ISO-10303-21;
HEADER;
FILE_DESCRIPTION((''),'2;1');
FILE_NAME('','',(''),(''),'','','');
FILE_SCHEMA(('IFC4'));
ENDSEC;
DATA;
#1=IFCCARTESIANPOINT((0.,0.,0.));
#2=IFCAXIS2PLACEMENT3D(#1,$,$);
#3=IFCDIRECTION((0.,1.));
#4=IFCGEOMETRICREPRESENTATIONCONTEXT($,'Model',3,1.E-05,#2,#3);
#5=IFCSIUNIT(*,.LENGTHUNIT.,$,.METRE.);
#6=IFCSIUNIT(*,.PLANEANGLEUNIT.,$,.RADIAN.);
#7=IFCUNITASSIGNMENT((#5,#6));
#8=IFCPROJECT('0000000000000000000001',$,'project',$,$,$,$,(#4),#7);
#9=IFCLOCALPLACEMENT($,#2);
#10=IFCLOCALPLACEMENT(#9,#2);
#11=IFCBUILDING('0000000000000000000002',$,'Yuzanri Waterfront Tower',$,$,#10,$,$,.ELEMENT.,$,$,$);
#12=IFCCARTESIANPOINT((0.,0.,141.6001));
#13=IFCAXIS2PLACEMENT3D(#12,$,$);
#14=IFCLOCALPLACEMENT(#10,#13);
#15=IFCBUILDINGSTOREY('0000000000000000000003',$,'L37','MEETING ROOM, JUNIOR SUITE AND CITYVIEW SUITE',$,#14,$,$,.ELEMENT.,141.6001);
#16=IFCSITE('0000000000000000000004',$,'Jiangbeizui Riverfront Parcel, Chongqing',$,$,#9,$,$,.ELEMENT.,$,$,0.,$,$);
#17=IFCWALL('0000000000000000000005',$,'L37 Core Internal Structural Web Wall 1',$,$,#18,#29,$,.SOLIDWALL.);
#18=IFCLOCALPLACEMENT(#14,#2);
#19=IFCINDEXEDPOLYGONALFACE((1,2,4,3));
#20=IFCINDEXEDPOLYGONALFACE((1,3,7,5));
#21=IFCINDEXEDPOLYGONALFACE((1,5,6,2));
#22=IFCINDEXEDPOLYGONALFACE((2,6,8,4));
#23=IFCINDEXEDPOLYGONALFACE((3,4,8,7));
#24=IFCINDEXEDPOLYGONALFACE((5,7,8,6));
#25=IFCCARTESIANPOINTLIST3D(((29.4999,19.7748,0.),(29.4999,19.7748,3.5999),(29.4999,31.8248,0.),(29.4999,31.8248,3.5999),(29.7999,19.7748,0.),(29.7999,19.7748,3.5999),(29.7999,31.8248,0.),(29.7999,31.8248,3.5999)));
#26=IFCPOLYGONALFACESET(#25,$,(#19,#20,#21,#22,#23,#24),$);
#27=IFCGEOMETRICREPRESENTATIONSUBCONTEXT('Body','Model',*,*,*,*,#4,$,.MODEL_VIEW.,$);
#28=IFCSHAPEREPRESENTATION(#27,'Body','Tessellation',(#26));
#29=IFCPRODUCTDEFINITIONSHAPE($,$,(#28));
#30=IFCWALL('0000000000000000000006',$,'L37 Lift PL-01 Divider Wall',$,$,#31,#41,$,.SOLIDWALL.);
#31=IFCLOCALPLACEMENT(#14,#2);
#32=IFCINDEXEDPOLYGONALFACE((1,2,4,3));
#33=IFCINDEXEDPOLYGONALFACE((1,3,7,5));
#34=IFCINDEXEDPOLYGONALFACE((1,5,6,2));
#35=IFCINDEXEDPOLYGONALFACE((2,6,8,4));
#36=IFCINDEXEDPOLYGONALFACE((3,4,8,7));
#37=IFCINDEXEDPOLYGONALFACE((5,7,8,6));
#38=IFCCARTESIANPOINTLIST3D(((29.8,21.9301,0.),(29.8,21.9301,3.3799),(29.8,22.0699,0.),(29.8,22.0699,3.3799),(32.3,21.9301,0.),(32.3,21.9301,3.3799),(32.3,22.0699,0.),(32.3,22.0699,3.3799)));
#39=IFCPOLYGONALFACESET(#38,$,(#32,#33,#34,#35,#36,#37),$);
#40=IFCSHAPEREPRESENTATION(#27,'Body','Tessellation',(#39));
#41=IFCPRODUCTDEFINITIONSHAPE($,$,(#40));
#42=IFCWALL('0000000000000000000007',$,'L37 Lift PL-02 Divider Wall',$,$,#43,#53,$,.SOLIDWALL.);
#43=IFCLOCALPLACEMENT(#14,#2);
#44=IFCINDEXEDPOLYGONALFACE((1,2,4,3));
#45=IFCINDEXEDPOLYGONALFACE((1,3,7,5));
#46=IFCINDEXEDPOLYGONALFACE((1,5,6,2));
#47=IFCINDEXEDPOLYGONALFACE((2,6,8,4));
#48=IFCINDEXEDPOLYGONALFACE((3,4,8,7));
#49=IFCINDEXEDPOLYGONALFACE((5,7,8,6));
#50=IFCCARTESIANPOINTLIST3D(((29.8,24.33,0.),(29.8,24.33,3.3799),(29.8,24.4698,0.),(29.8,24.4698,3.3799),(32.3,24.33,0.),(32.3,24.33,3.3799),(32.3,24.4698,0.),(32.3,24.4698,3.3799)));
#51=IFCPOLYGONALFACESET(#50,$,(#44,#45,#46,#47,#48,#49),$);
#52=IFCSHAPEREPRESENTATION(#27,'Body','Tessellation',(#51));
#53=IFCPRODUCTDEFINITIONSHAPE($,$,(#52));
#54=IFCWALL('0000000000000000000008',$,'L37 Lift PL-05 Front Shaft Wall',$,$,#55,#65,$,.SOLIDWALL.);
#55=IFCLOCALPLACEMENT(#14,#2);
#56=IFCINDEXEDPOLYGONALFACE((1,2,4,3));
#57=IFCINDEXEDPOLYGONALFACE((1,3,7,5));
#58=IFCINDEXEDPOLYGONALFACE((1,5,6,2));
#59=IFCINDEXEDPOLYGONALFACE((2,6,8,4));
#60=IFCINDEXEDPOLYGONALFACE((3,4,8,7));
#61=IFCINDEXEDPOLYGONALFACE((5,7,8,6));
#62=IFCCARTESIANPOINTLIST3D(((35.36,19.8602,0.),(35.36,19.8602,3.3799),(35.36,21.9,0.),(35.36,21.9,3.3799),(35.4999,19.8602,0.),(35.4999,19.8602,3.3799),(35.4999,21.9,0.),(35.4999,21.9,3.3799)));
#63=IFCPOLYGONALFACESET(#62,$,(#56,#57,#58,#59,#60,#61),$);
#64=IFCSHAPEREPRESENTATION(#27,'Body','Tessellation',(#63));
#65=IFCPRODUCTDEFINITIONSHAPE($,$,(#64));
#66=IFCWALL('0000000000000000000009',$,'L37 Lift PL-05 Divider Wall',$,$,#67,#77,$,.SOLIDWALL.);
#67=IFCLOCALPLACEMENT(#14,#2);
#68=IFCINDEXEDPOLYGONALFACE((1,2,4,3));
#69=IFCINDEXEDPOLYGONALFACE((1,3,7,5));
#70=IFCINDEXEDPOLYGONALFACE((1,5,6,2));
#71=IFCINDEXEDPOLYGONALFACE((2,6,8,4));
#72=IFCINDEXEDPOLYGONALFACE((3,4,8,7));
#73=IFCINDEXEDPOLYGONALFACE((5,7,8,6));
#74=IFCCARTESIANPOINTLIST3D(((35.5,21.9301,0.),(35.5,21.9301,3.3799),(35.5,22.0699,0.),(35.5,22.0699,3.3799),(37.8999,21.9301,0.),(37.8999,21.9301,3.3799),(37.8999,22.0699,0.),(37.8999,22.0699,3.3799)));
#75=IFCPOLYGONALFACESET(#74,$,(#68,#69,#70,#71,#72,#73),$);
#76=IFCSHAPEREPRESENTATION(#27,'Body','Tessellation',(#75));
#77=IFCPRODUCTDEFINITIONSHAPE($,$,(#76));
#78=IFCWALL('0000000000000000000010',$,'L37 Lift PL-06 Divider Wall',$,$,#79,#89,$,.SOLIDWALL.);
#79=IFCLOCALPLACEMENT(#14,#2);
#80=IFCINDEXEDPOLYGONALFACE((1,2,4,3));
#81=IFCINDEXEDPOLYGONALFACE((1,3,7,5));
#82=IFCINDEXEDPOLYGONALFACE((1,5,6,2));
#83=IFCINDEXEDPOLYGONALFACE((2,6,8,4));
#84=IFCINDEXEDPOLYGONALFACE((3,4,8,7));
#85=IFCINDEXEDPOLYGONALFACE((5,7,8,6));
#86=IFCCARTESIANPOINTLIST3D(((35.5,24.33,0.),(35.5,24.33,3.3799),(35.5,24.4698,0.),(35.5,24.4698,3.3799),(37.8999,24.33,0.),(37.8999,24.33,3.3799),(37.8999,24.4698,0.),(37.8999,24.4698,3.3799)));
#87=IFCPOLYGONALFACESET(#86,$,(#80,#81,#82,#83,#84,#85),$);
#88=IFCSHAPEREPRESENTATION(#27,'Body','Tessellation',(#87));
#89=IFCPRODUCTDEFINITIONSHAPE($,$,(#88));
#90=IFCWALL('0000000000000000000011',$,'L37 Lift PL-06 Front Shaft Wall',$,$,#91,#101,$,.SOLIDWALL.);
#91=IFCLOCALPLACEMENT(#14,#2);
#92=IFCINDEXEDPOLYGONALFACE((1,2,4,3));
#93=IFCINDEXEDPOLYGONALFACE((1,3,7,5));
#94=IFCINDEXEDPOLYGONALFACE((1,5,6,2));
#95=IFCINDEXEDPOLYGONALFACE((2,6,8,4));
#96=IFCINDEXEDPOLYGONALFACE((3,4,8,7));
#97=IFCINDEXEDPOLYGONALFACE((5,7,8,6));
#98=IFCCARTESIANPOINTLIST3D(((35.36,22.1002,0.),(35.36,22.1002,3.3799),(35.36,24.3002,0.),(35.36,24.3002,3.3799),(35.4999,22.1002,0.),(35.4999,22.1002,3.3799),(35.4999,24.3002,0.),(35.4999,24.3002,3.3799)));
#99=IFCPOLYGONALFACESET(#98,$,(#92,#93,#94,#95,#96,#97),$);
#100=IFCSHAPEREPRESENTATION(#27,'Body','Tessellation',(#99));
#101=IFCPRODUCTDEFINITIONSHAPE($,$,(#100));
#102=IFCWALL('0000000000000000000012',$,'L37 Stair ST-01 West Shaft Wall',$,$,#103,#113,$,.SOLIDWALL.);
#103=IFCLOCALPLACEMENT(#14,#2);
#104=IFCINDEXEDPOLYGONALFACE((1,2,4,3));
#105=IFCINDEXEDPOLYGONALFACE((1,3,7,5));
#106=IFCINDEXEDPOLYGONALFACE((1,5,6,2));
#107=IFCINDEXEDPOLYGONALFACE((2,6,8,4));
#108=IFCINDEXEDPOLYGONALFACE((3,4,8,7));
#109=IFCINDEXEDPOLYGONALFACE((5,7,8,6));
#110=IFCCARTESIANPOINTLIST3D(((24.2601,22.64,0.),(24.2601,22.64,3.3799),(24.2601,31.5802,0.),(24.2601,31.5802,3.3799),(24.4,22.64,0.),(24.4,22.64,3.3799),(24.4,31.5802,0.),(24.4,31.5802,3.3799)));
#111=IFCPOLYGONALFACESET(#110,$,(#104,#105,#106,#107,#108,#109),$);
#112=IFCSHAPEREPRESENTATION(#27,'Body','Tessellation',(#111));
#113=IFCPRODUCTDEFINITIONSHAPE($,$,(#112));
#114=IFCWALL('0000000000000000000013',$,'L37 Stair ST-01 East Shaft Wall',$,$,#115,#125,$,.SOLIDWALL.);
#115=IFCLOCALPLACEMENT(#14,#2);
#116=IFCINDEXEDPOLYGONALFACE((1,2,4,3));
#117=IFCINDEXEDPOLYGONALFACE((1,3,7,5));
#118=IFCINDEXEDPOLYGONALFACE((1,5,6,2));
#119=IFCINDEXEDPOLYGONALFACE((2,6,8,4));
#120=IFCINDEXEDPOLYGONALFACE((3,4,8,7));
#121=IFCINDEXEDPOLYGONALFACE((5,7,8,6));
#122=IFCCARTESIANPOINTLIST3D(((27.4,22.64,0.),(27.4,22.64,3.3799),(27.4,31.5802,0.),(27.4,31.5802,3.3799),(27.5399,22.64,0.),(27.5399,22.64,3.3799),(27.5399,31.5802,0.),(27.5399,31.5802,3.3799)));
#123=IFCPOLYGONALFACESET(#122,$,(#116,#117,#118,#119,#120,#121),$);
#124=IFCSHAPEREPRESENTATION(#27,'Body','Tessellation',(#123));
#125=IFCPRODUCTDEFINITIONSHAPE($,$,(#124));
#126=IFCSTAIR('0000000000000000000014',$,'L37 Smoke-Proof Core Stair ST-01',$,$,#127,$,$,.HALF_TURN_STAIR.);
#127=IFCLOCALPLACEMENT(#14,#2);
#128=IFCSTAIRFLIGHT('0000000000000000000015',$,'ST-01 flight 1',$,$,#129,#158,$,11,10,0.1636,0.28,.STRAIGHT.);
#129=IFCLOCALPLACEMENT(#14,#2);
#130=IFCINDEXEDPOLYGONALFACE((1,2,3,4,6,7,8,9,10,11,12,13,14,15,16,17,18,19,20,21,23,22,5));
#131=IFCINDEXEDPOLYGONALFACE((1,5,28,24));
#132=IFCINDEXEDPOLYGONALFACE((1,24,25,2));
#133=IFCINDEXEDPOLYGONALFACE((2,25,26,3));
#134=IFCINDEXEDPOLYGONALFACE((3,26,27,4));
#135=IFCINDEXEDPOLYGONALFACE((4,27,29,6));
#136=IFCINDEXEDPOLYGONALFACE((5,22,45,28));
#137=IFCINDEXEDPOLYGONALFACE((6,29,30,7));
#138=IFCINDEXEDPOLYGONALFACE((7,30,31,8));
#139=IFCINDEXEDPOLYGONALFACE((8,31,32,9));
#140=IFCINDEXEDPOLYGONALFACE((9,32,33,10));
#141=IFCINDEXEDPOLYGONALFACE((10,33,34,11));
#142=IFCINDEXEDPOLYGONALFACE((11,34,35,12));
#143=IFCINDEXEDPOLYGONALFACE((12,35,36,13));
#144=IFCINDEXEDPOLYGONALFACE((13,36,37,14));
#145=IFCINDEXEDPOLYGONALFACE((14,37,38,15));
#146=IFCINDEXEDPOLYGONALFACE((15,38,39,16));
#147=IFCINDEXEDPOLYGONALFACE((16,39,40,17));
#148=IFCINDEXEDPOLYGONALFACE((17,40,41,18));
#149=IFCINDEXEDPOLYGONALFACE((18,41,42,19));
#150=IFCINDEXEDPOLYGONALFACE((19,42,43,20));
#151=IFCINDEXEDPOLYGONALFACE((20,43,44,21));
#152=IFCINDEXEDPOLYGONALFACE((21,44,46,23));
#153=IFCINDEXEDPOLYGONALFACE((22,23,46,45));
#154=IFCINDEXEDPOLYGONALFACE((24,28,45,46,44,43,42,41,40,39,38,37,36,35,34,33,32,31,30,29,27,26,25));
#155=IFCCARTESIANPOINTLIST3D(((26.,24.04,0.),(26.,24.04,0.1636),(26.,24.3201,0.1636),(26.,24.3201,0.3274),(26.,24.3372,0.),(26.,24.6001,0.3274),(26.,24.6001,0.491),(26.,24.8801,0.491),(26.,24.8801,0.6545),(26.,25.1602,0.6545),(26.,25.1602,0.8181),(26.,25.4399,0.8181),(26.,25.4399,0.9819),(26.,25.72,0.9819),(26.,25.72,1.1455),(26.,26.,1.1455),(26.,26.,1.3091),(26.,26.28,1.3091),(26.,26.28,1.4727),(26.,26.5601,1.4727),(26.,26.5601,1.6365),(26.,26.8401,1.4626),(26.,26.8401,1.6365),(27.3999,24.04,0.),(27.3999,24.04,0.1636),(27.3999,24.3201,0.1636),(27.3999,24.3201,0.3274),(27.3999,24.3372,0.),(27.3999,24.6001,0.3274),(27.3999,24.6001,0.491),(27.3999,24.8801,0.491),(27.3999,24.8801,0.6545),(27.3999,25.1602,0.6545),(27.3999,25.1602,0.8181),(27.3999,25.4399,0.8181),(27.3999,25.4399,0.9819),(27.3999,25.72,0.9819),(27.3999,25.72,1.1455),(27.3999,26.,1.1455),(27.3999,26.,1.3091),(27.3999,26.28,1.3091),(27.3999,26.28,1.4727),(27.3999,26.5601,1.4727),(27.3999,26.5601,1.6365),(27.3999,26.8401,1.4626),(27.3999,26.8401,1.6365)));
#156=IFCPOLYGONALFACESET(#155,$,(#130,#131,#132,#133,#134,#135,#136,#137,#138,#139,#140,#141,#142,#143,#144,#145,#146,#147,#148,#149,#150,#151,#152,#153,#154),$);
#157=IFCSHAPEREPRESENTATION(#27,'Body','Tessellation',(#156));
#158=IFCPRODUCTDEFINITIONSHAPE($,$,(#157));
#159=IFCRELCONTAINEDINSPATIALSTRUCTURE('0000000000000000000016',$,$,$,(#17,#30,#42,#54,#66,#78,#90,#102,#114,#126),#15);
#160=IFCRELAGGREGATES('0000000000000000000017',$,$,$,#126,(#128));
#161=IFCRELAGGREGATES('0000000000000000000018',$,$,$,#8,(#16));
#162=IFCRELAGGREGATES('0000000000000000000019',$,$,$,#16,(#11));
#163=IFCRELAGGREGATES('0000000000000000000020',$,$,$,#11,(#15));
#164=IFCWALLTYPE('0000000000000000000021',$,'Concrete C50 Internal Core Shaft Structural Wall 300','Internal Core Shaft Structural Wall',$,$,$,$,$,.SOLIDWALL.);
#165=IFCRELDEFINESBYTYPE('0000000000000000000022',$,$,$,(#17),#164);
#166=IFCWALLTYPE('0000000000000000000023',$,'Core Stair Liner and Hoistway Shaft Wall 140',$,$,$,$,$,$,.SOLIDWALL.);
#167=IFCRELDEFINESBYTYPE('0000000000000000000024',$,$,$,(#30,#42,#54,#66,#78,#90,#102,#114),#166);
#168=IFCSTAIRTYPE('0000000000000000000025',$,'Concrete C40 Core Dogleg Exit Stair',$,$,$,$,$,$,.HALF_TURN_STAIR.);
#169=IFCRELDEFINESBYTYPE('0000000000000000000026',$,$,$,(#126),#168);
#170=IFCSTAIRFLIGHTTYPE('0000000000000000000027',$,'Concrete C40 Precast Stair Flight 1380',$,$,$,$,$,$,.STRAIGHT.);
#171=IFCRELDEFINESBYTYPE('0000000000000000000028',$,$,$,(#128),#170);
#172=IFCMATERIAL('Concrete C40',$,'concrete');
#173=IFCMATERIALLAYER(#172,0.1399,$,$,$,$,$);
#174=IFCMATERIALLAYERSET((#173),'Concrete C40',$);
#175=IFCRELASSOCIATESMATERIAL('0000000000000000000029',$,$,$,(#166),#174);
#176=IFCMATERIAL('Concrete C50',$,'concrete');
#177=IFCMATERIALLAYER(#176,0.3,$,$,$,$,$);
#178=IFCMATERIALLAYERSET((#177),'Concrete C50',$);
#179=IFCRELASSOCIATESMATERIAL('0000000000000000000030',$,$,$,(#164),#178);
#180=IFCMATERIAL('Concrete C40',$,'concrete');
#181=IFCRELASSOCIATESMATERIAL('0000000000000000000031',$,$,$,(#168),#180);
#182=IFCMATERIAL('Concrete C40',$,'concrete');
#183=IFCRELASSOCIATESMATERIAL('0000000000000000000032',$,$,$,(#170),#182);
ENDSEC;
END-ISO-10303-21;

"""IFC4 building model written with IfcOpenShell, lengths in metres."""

from ifc_helpers import new_model, si_unit, direction, frame, frame_2d, origin, place, context, subcontext, project, spatial, polyline, rectangle, outline, extrude, source, transform, mapped, material, layer, layer_set, type_object, element, aggregate, save


model = new_model("IFC4")

# Units and contexts
model_context = context("Model", 3, precision=1e-05, world=origin(), true_north=direction((0.0, 1.0)))
body_context = subcontext(model_context, "Body", "Model", "MODEL_VIEW")
ifc_project = project(units=[si_unit("LENGTHUNIT", "METRE"), si_unit("PLANEANGLEUNIT", "RADIAN")], contexts=[model_context])

# Site, building, storey
site_placement = place(None, origin())
site = spatial("IfcSite", under=ifc_project, at=site_placement, Name="Jiangbeizui Riverfront Parcel, Chongqing", CompositionType="ELEMENT", RefElevation=0.0)
building_placement = place(site_placement, origin())
building = spatial("IfcBuilding", under=site, at=building_placement, Name="Yuzanri Waterfront Tower", CompositionType="ELEMENT")
storey_placement = place(building_placement, frame((0.0, 0.0, 141.6001)))
storey = spatial("IfcBuildingStorey", under=building, at=storey_placement, Name="L37", Description="MEETING ROOM, JUNIOR SUITE AND CITYVIEW SUITE", CompositionType="ELEMENT", Elevation=141.6001)

# Shared definitions
ifc_material_1 = material(Name="Concrete C40", Category="concrete")
ifc_layer_1 = layer(ifc_material_1, 0.1399)
ifc_layer_set_1 = layer_set([ifc_layer_1], Name="Concrete C40")
wall_type_1 = type_object("IfcWallType", Name="Core Stair Liner and Hoistway Shaft Wall 140", PredefinedType="SOLIDWALL", material=ifc_layer_set_1)

# Walls
ifc_material_2 = material(Name="Concrete C50", Category="concrete")
ifc_layer_2 = layer(ifc_material_2, 0.3)
ifc_layer_set_2 = layer_set([ifc_layer_2], Name="Concrete C50")
wall_type_2 = type_object("IfcWallType", Name="Concrete C50 Internal Core Shaft Structural Wall 300", Description="Internal Core Shaft Structural Wall", PredefinedType="SOLIDWALL", material=ifc_layer_set_2)
shared_shape_1 = source(origin(), body_context, "Body", "SweptSolid", [
    extrude(rectangle(XDim=12.05, YDim=0.3, at=frame_2d((6.0249, 0.0))), origin(), (0.0, 0.0, 1.0), 3.5999),
])
wall_1_placement = place(storey_placement, frame((29.6499, 19.7749, 0.0), z_axis=(0.0, 0.0, 1.0), x_axis=(0.0, 1.0, 0.0)))
element("IfcWall", 1, at=wall_1_placement, inside=storey, type_object=wall_type_2, Name="L37 Core Internal Structural Web Wall 1", PredefinedType="SOLIDWALL", context=body_context, shape_type="MappedRepresentation", body=[
    mapped(shared_shape_1, transform((0.0, 0.0, 0.0), scale=1.0)),
])
shared_shape_2 = source(origin(), body_context, "Body", "SweptSolid", [
    extrude(rectangle(XDim=2.5, YDim=0.1399, at=frame_2d((1.25, 0.0))), origin(), (0.0, 0.0, 1.0), 3.3799),
])
for number, where, z_axis, x_axis, name in (
    (2, (29.8, 22.0, 0.0), (0.0, 0.0, 1.0), (1.0, 0.0, 0.0), "L37 Lift PL-01 Divider Wall"),
    (3, (29.8, 24.3999, 0.0), (0.0, 0.0, 1.0), (1.0, 0.0, 0.0), "L37 Lift PL-02 Divider Wall"),
):
    element("IfcWall", number, at=place(storey_placement, frame(where, z_axis=z_axis, x_axis=x_axis)), inside=storey, type_object=wall_type_1, Name=name, PredefinedType="SOLIDWALL", context=body_context, shape_type="MappedRepresentation", body=[
        mapped(shared_shape_2, transform((0.0, 0.0, 0.0), scale=1.0)),
    ])
shared_shape_3 = source(origin(), body_context, "Body", "SweptSolid", [
    extrude(rectangle(XDim=2.0398, YDim=0.1399, at=frame_2d((1.02, 0.0))), origin(), (0.0, 0.0, 1.0), 3.3799),
])
wall_2_placement = place(storey_placement, frame((35.4299, 19.8601, 0.0), z_axis=(0.0, 0.0, 1.0), x_axis=(0.0, 1.0, 0.0)))
element("IfcWall", 4, at=wall_2_placement, inside=storey, type_object=wall_type_1, Name="L37 Lift PL-05 Front Shaft Wall", PredefinedType="SOLIDWALL", context=body_context, shape_type="MappedRepresentation", body=[
    mapped(shared_shape_3, transform((0.0, 0.0, 0.0), scale=1.0)),
])
shared_shape_4 = source(origin(), body_context, "Body", "SweptSolid", [
    extrude(rectangle(XDim=2.3999, YDim=0.1399, at=frame_2d((1.2, 0.0))), origin(), (0.0, 0.0, 1.0), 3.3799),
])
for number, where, z_axis, x_axis, name in (
    (5, (35.5, 22.0, 0.0), (0.0, 0.0, 1.0), (1.0, 0.0, 0.0), "L37 Lift PL-05 Divider Wall"),
    (6, (35.5, 24.3999, 0.0), (0.0, 0.0, 1.0), (1.0, 0.0, 0.0), "L37 Lift PL-06 Divider Wall"),
):
    element("IfcWall", number, at=place(storey_placement, frame(where, z_axis=z_axis, x_axis=x_axis)), inside=storey, type_object=wall_type_1, Name=name, PredefinedType="SOLIDWALL", context=body_context, shape_type="MappedRepresentation", body=[
        mapped(shared_shape_4, transform((0.0, 0.0, 0.0), scale=1.0)),
    ])
shared_shape_5 = source(origin(), body_context, "Body", "SweptSolid", [
    extrude(rectangle(XDim=2.2, YDim=0.1399, at=frame_2d((1.1001, 0.0))), origin(), (0.0, 0.0, 1.0), 3.3799),
])
wall_3_placement = place(storey_placement, frame((35.4299, 22.1001, 0.0), z_axis=(0.0, 0.0, 1.0), x_axis=(0.0, 1.0, 0.0)))
element("IfcWall", 7, at=wall_3_placement, inside=storey, type_object=wall_type_1, Name="L37 Lift PL-06 Front Shaft Wall", PredefinedType="SOLIDWALL", context=body_context, shape_type="MappedRepresentation", body=[
    mapped(shared_shape_5, transform((0.0, 0.0, 0.0), scale=1.0)),
])
shared_shape_6 = source(origin(), body_context, "Body", "SweptSolid", [
    extrude(rectangle(XDim=8.9402, YDim=0.1399, at=frame_2d((4.4702, 0.0))), origin(), (0.0, 0.0, 1.0), 3.3799),
])
for number, where, z_axis, x_axis, name in (
    (8, (24.3301, 22.6399, 0.0), (0.0, 0.0, 1.0), (0.0, 1.0, 0.0), "L37 Stair ST-01 West Shaft Wall"),
    (9, (27.47, 22.6399, 0.0), (0.0, 0.0, 1.0), (0.0, 1.0, 0.0), "L37 Stair ST-01 East Shaft Wall"),
):
    element("IfcWall", number, at=place(storey_placement, frame(where, z_axis=z_axis, x_axis=x_axis)), inside=storey, type_object=wall_type_1, Name=name, PredefinedType="SOLIDWALL", context=body_context, shape_type="MappedRepresentation", body=[
        mapped(shared_shape_6, transform((0.0, 0.0, 0.0), scale=1.0)),
    ])

# Stair, stair flight
ifc_material_3 = material(Name="Concrete C40", Category="concrete")
stair_type = type_object("IfcStairType", Name="Concrete C40 Core Dogleg Exit Stair", PredefinedType="HALF_TURN_STAIR", material=ifc_material_3)
stair_placement = place(storey_placement, origin())
stair = element("IfcStair", 10, at=stair_placement, inside=storey, type_object=stair_type, Name="L37 Smoke-Proof Core Stair ST-01", PredefinedType="HALF_TURN_STAIR")
ifc_material_4 = material(Name="Concrete C40", Category="concrete")
stair_flight_type = type_object("IfcStairFlightType", Name="Concrete C40 Precast Stair Flight 1380", PredefinedType="STRAIGHT", material=ifc_material_4)
shared_shape_7 = source(origin(), body_context, "Body", "SweptSolid", [
    extrude(outline(polyline([(0.0, 0.0), (0.0, 0.1636), (0.28, 0.1636), (0.28, 0.3274), (0.5601, 0.3274), (0.5601, 0.491), (0.8401, 0.491), (0.8401, 0.6545), (1.1201, 0.6545), (1.1201, 0.8181), (1.3999, 0.8181), (1.3999, 0.9819), (1.6799, 0.9819), (1.6799, 1.1455), (1.96, 1.1455), (1.96, 1.3091), (2.24, 1.3091), (2.24, 1.4727), (2.52, 1.4727), (2.52, 1.6365), (2.8, 1.6365), (2.8, 1.8), (2.8, 1.4626), (0.2971, 0.0), (0.0, 0.0)])), frame((0.0, 0.7, 0.0), z_axis=(0.0, -1.0, 0.0), x_axis=(1.0, 0.0, 0.0)), (0.0, 0.0, 1.0), 1.3999),
])
stair_flight_placement = place(storey_placement, frame((26.7, 24.04, 0.0), z_axis=(0.0, 0.0, 1.0), x_axis=(0.0, 1.0, 0.0)))
stair_flight = element("IfcStairFlight", 11, at=stair_flight_placement, type_object=stair_flight_type, Name="ST-01 flight 1", NumberOfRisers=11, NumberOfTreads=10, PredefinedType="STRAIGHT", RiserHeight=0.1636, TreadLength=0.28, context=body_context, shape_type="MappedRepresentation", body=[
    mapped(shared_shape_7, transform((0.0, 0.0, 0.0), scale=1.0)),
])
aggregate(stair, [stair_flight])

save(model, "model.ifc")
